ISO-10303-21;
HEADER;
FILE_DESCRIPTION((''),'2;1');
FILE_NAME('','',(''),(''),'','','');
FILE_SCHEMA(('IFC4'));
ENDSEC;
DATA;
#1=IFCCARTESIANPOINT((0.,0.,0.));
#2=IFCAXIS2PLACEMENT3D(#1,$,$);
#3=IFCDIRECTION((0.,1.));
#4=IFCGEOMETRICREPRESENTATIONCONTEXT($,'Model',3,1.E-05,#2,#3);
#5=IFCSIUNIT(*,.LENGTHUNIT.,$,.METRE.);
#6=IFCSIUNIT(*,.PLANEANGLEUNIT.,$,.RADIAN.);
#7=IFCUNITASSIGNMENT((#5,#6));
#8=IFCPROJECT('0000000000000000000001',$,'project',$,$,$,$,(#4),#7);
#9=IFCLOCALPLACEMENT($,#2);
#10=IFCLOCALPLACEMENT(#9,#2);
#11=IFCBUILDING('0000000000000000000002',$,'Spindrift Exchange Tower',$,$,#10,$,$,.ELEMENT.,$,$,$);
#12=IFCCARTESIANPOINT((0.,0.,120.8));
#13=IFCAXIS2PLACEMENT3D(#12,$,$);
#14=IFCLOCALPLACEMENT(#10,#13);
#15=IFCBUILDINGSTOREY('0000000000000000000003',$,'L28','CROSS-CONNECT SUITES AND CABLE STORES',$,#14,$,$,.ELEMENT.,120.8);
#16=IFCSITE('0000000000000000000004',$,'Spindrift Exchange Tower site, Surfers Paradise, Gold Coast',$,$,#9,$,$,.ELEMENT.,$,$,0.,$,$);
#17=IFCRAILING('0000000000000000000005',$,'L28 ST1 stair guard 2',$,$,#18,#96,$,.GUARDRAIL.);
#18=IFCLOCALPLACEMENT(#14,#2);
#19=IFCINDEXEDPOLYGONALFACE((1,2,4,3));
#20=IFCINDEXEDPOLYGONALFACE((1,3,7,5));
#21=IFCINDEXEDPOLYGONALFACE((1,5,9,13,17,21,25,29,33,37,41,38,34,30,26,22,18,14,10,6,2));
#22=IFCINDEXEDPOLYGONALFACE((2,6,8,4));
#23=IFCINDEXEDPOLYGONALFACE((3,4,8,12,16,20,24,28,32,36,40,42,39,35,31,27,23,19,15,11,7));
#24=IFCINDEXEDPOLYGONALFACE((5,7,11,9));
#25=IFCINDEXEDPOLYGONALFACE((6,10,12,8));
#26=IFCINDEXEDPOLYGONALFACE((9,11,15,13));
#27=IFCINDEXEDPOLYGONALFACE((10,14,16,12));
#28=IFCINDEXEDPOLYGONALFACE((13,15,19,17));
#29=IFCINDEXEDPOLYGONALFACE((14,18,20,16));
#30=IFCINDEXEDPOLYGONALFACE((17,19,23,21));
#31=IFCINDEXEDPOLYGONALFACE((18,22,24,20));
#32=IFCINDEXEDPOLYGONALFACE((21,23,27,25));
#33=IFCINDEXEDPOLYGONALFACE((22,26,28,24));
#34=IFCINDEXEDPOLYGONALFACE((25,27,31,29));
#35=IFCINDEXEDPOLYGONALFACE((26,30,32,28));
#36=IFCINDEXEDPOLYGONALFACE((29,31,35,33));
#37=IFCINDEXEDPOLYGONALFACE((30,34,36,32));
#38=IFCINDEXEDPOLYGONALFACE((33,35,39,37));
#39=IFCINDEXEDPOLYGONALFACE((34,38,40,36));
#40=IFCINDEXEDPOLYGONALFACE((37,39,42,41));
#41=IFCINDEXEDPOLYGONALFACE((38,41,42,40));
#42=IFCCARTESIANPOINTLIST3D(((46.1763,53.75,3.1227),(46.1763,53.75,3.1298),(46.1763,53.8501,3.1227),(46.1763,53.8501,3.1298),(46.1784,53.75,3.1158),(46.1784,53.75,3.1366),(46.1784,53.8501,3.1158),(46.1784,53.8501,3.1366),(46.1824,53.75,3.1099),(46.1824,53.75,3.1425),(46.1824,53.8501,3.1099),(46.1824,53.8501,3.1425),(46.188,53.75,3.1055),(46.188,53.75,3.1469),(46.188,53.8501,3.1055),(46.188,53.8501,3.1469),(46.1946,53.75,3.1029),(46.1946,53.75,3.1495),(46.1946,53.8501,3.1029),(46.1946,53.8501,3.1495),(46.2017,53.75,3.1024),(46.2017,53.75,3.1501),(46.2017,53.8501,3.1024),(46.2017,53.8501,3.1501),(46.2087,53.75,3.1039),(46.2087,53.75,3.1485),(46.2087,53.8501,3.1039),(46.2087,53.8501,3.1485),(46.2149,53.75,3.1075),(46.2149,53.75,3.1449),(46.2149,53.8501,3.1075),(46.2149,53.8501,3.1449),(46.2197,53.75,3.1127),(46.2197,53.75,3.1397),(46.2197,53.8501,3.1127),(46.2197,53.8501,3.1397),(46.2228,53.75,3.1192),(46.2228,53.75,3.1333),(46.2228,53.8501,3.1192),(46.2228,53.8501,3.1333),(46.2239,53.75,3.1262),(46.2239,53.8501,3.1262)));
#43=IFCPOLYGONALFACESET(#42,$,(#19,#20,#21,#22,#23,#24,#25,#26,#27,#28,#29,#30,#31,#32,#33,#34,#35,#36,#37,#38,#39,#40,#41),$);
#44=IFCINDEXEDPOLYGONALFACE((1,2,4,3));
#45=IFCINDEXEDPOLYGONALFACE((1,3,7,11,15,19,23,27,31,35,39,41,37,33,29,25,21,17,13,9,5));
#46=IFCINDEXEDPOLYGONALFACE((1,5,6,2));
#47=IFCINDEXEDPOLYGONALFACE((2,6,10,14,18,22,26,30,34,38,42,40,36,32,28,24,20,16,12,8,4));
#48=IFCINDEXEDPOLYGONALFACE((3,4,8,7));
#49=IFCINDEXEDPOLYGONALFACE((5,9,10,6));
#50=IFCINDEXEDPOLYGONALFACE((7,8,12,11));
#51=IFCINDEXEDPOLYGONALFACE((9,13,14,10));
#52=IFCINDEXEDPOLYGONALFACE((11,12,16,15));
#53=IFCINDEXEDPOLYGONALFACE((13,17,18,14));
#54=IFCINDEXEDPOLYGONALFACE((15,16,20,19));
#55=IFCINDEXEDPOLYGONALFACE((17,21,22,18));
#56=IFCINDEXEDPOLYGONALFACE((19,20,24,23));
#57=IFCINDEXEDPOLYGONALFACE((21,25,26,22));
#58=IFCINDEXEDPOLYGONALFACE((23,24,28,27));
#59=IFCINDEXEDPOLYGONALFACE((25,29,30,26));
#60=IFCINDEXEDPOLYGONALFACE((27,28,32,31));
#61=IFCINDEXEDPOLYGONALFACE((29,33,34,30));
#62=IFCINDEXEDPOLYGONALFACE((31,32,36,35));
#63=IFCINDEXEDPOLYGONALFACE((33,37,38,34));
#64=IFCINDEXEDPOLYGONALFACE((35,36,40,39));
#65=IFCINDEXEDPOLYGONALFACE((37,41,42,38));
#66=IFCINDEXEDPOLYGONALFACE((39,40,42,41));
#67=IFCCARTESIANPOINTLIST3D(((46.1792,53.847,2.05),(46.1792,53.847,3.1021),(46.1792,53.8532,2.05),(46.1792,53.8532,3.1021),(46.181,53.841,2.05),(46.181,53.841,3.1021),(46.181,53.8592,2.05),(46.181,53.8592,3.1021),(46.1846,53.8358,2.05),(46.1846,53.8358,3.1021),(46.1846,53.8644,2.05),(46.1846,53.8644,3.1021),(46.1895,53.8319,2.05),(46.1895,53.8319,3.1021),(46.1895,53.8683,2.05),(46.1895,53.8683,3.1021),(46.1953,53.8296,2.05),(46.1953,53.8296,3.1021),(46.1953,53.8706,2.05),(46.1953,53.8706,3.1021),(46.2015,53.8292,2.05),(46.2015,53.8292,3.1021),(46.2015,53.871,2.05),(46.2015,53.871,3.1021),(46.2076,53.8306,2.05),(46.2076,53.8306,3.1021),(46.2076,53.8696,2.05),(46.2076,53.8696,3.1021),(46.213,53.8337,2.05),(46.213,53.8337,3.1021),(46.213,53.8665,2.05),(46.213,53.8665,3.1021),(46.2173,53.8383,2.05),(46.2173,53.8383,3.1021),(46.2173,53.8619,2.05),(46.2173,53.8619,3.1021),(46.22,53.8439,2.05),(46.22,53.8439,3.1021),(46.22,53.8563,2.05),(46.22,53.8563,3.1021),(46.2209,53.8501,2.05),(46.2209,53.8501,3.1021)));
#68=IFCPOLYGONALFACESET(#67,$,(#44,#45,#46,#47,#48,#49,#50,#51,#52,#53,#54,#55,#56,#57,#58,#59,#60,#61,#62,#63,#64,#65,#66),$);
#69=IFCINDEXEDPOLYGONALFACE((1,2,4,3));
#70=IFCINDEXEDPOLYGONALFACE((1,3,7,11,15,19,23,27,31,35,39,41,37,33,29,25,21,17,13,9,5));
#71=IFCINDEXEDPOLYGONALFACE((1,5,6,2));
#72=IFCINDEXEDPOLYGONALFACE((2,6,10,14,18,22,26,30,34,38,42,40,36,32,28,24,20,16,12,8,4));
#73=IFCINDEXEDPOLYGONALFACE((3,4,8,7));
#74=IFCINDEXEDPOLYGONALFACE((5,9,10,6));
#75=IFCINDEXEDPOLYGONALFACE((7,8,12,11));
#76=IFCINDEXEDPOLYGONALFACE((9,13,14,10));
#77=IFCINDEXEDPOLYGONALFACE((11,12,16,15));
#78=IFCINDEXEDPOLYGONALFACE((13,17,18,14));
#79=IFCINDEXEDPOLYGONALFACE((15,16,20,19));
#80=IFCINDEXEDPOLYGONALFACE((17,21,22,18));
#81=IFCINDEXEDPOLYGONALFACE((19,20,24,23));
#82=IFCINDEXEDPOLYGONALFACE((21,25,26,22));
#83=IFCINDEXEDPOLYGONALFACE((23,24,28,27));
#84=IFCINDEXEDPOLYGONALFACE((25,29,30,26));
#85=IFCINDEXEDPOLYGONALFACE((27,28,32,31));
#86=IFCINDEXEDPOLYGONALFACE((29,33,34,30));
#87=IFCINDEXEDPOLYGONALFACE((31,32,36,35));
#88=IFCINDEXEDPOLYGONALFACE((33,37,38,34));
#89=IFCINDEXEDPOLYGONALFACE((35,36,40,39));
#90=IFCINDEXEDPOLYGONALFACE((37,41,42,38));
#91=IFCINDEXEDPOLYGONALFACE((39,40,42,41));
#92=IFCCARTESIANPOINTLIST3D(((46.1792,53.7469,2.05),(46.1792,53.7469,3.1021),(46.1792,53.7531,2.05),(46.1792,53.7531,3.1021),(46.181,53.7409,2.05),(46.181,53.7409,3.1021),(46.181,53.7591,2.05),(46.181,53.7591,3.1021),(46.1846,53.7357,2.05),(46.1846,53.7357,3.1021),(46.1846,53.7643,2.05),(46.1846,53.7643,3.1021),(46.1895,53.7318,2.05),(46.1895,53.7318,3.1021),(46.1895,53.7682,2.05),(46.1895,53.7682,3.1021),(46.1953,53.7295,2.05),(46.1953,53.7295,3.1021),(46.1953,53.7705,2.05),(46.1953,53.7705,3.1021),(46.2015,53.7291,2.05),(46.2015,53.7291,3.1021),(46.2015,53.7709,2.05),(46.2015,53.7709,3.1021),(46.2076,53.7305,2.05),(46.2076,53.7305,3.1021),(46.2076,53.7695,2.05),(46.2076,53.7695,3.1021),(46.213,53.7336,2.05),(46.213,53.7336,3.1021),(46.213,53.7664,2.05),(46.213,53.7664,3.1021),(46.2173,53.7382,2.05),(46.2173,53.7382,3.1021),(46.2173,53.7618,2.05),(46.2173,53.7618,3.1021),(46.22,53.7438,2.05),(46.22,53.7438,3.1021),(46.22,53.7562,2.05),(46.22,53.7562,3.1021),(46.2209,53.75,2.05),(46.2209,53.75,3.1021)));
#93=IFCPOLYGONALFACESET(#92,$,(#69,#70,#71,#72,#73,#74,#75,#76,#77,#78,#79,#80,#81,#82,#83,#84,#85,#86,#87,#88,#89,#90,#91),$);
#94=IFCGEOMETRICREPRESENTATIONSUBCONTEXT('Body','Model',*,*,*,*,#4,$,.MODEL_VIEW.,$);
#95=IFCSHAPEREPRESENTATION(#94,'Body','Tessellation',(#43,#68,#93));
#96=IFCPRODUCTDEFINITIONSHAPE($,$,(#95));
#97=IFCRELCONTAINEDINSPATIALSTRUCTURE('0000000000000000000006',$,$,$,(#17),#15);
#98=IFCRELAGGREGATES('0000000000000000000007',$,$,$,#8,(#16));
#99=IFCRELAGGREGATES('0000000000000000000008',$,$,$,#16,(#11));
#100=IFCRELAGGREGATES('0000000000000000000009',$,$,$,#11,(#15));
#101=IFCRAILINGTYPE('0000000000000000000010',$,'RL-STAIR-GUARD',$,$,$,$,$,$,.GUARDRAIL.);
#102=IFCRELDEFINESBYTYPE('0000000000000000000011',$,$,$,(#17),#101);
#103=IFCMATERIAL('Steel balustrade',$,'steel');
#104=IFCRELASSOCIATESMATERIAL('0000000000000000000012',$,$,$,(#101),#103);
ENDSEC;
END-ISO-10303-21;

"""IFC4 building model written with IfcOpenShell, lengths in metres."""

from ifc_helpers import new_model, si_unit, direction, frame, origin, origin_2d, place, context, subcontext, project, spatial, circle, extrude, material, type_object, element, save


model = new_model("IFC4")

# Units and contexts
model_context = context("Model", 3, precision=1e-05, world=origin(), true_north=direction((0.0, 1.0)))
body_context = subcontext(model_context, "Body", "Model", "MODEL_VIEW")
ifc_project = project(units=[si_unit("LENGTHUNIT", "METRE"), si_unit("PLANEANGLEUNIT", "RADIAN")], contexts=[model_context])

# Site, building, storey
site_placement = place(None, origin())
site = spatial("IfcSite", under=ifc_project, at=site_placement, Name="Spindrift Exchange Tower site, Surfers Paradise, Gold Coast", CompositionType="ELEMENT", RefElevation=0.0)
building_placement = place(site_placement, origin())
building = spatial("IfcBuilding", under=site, at=building_placement, Name="Spindrift Exchange Tower", CompositionType="ELEMENT")
storey_placement = place(building_placement, frame((0.0, 0.0, 120.8)))
storey = spatial("IfcBuildingStorey", under=building, at=storey_placement, Name="L28", Description="CROSS-CONNECT SUITES AND CABLE STORES", CompositionType="ELEMENT", Elevation=120.8)

# Railing
ifc_material_1 = material(Name="Steel balustrade", Category="steel")
railing_type_1 = type_object("IfcRailingType", Name="RL-STAIR-GUARD", PredefinedType="GUARDRAIL", material=ifc_material_1)
railing_1_placement = place(storey_placement, frame((46.2, 53.8501, 2.05)))
element("IfcRailing", 1, at=railing_1_placement, inside=storey, type_object=railing_type_1, Name="L28 ST1 stair guard 2", PredefinedType="GUARDRAIL", context=body_context, shape_type="SweptSolid", body=[
    extrude(circle(Radius=0.0239, at=origin_2d()), frame((0.0, 0.0, 1.0762), z_axis=(0.0, -1.0, 0.0), x_axis=(1.0, 0.0, 0.0)), (0.0, 0.0, 1.0), 0.1001),
    extrude(circle(Radius=0.021, at=origin_2d()), origin(), (0.0, 0.0, 1.0), 1.052),
    extrude(circle(Radius=0.021, at=origin_2d()), frame((0.0, -0.1001, 0.0)), (0.0, 0.0, 1.0), 1.052),
])

save(model, "model.ifc")
